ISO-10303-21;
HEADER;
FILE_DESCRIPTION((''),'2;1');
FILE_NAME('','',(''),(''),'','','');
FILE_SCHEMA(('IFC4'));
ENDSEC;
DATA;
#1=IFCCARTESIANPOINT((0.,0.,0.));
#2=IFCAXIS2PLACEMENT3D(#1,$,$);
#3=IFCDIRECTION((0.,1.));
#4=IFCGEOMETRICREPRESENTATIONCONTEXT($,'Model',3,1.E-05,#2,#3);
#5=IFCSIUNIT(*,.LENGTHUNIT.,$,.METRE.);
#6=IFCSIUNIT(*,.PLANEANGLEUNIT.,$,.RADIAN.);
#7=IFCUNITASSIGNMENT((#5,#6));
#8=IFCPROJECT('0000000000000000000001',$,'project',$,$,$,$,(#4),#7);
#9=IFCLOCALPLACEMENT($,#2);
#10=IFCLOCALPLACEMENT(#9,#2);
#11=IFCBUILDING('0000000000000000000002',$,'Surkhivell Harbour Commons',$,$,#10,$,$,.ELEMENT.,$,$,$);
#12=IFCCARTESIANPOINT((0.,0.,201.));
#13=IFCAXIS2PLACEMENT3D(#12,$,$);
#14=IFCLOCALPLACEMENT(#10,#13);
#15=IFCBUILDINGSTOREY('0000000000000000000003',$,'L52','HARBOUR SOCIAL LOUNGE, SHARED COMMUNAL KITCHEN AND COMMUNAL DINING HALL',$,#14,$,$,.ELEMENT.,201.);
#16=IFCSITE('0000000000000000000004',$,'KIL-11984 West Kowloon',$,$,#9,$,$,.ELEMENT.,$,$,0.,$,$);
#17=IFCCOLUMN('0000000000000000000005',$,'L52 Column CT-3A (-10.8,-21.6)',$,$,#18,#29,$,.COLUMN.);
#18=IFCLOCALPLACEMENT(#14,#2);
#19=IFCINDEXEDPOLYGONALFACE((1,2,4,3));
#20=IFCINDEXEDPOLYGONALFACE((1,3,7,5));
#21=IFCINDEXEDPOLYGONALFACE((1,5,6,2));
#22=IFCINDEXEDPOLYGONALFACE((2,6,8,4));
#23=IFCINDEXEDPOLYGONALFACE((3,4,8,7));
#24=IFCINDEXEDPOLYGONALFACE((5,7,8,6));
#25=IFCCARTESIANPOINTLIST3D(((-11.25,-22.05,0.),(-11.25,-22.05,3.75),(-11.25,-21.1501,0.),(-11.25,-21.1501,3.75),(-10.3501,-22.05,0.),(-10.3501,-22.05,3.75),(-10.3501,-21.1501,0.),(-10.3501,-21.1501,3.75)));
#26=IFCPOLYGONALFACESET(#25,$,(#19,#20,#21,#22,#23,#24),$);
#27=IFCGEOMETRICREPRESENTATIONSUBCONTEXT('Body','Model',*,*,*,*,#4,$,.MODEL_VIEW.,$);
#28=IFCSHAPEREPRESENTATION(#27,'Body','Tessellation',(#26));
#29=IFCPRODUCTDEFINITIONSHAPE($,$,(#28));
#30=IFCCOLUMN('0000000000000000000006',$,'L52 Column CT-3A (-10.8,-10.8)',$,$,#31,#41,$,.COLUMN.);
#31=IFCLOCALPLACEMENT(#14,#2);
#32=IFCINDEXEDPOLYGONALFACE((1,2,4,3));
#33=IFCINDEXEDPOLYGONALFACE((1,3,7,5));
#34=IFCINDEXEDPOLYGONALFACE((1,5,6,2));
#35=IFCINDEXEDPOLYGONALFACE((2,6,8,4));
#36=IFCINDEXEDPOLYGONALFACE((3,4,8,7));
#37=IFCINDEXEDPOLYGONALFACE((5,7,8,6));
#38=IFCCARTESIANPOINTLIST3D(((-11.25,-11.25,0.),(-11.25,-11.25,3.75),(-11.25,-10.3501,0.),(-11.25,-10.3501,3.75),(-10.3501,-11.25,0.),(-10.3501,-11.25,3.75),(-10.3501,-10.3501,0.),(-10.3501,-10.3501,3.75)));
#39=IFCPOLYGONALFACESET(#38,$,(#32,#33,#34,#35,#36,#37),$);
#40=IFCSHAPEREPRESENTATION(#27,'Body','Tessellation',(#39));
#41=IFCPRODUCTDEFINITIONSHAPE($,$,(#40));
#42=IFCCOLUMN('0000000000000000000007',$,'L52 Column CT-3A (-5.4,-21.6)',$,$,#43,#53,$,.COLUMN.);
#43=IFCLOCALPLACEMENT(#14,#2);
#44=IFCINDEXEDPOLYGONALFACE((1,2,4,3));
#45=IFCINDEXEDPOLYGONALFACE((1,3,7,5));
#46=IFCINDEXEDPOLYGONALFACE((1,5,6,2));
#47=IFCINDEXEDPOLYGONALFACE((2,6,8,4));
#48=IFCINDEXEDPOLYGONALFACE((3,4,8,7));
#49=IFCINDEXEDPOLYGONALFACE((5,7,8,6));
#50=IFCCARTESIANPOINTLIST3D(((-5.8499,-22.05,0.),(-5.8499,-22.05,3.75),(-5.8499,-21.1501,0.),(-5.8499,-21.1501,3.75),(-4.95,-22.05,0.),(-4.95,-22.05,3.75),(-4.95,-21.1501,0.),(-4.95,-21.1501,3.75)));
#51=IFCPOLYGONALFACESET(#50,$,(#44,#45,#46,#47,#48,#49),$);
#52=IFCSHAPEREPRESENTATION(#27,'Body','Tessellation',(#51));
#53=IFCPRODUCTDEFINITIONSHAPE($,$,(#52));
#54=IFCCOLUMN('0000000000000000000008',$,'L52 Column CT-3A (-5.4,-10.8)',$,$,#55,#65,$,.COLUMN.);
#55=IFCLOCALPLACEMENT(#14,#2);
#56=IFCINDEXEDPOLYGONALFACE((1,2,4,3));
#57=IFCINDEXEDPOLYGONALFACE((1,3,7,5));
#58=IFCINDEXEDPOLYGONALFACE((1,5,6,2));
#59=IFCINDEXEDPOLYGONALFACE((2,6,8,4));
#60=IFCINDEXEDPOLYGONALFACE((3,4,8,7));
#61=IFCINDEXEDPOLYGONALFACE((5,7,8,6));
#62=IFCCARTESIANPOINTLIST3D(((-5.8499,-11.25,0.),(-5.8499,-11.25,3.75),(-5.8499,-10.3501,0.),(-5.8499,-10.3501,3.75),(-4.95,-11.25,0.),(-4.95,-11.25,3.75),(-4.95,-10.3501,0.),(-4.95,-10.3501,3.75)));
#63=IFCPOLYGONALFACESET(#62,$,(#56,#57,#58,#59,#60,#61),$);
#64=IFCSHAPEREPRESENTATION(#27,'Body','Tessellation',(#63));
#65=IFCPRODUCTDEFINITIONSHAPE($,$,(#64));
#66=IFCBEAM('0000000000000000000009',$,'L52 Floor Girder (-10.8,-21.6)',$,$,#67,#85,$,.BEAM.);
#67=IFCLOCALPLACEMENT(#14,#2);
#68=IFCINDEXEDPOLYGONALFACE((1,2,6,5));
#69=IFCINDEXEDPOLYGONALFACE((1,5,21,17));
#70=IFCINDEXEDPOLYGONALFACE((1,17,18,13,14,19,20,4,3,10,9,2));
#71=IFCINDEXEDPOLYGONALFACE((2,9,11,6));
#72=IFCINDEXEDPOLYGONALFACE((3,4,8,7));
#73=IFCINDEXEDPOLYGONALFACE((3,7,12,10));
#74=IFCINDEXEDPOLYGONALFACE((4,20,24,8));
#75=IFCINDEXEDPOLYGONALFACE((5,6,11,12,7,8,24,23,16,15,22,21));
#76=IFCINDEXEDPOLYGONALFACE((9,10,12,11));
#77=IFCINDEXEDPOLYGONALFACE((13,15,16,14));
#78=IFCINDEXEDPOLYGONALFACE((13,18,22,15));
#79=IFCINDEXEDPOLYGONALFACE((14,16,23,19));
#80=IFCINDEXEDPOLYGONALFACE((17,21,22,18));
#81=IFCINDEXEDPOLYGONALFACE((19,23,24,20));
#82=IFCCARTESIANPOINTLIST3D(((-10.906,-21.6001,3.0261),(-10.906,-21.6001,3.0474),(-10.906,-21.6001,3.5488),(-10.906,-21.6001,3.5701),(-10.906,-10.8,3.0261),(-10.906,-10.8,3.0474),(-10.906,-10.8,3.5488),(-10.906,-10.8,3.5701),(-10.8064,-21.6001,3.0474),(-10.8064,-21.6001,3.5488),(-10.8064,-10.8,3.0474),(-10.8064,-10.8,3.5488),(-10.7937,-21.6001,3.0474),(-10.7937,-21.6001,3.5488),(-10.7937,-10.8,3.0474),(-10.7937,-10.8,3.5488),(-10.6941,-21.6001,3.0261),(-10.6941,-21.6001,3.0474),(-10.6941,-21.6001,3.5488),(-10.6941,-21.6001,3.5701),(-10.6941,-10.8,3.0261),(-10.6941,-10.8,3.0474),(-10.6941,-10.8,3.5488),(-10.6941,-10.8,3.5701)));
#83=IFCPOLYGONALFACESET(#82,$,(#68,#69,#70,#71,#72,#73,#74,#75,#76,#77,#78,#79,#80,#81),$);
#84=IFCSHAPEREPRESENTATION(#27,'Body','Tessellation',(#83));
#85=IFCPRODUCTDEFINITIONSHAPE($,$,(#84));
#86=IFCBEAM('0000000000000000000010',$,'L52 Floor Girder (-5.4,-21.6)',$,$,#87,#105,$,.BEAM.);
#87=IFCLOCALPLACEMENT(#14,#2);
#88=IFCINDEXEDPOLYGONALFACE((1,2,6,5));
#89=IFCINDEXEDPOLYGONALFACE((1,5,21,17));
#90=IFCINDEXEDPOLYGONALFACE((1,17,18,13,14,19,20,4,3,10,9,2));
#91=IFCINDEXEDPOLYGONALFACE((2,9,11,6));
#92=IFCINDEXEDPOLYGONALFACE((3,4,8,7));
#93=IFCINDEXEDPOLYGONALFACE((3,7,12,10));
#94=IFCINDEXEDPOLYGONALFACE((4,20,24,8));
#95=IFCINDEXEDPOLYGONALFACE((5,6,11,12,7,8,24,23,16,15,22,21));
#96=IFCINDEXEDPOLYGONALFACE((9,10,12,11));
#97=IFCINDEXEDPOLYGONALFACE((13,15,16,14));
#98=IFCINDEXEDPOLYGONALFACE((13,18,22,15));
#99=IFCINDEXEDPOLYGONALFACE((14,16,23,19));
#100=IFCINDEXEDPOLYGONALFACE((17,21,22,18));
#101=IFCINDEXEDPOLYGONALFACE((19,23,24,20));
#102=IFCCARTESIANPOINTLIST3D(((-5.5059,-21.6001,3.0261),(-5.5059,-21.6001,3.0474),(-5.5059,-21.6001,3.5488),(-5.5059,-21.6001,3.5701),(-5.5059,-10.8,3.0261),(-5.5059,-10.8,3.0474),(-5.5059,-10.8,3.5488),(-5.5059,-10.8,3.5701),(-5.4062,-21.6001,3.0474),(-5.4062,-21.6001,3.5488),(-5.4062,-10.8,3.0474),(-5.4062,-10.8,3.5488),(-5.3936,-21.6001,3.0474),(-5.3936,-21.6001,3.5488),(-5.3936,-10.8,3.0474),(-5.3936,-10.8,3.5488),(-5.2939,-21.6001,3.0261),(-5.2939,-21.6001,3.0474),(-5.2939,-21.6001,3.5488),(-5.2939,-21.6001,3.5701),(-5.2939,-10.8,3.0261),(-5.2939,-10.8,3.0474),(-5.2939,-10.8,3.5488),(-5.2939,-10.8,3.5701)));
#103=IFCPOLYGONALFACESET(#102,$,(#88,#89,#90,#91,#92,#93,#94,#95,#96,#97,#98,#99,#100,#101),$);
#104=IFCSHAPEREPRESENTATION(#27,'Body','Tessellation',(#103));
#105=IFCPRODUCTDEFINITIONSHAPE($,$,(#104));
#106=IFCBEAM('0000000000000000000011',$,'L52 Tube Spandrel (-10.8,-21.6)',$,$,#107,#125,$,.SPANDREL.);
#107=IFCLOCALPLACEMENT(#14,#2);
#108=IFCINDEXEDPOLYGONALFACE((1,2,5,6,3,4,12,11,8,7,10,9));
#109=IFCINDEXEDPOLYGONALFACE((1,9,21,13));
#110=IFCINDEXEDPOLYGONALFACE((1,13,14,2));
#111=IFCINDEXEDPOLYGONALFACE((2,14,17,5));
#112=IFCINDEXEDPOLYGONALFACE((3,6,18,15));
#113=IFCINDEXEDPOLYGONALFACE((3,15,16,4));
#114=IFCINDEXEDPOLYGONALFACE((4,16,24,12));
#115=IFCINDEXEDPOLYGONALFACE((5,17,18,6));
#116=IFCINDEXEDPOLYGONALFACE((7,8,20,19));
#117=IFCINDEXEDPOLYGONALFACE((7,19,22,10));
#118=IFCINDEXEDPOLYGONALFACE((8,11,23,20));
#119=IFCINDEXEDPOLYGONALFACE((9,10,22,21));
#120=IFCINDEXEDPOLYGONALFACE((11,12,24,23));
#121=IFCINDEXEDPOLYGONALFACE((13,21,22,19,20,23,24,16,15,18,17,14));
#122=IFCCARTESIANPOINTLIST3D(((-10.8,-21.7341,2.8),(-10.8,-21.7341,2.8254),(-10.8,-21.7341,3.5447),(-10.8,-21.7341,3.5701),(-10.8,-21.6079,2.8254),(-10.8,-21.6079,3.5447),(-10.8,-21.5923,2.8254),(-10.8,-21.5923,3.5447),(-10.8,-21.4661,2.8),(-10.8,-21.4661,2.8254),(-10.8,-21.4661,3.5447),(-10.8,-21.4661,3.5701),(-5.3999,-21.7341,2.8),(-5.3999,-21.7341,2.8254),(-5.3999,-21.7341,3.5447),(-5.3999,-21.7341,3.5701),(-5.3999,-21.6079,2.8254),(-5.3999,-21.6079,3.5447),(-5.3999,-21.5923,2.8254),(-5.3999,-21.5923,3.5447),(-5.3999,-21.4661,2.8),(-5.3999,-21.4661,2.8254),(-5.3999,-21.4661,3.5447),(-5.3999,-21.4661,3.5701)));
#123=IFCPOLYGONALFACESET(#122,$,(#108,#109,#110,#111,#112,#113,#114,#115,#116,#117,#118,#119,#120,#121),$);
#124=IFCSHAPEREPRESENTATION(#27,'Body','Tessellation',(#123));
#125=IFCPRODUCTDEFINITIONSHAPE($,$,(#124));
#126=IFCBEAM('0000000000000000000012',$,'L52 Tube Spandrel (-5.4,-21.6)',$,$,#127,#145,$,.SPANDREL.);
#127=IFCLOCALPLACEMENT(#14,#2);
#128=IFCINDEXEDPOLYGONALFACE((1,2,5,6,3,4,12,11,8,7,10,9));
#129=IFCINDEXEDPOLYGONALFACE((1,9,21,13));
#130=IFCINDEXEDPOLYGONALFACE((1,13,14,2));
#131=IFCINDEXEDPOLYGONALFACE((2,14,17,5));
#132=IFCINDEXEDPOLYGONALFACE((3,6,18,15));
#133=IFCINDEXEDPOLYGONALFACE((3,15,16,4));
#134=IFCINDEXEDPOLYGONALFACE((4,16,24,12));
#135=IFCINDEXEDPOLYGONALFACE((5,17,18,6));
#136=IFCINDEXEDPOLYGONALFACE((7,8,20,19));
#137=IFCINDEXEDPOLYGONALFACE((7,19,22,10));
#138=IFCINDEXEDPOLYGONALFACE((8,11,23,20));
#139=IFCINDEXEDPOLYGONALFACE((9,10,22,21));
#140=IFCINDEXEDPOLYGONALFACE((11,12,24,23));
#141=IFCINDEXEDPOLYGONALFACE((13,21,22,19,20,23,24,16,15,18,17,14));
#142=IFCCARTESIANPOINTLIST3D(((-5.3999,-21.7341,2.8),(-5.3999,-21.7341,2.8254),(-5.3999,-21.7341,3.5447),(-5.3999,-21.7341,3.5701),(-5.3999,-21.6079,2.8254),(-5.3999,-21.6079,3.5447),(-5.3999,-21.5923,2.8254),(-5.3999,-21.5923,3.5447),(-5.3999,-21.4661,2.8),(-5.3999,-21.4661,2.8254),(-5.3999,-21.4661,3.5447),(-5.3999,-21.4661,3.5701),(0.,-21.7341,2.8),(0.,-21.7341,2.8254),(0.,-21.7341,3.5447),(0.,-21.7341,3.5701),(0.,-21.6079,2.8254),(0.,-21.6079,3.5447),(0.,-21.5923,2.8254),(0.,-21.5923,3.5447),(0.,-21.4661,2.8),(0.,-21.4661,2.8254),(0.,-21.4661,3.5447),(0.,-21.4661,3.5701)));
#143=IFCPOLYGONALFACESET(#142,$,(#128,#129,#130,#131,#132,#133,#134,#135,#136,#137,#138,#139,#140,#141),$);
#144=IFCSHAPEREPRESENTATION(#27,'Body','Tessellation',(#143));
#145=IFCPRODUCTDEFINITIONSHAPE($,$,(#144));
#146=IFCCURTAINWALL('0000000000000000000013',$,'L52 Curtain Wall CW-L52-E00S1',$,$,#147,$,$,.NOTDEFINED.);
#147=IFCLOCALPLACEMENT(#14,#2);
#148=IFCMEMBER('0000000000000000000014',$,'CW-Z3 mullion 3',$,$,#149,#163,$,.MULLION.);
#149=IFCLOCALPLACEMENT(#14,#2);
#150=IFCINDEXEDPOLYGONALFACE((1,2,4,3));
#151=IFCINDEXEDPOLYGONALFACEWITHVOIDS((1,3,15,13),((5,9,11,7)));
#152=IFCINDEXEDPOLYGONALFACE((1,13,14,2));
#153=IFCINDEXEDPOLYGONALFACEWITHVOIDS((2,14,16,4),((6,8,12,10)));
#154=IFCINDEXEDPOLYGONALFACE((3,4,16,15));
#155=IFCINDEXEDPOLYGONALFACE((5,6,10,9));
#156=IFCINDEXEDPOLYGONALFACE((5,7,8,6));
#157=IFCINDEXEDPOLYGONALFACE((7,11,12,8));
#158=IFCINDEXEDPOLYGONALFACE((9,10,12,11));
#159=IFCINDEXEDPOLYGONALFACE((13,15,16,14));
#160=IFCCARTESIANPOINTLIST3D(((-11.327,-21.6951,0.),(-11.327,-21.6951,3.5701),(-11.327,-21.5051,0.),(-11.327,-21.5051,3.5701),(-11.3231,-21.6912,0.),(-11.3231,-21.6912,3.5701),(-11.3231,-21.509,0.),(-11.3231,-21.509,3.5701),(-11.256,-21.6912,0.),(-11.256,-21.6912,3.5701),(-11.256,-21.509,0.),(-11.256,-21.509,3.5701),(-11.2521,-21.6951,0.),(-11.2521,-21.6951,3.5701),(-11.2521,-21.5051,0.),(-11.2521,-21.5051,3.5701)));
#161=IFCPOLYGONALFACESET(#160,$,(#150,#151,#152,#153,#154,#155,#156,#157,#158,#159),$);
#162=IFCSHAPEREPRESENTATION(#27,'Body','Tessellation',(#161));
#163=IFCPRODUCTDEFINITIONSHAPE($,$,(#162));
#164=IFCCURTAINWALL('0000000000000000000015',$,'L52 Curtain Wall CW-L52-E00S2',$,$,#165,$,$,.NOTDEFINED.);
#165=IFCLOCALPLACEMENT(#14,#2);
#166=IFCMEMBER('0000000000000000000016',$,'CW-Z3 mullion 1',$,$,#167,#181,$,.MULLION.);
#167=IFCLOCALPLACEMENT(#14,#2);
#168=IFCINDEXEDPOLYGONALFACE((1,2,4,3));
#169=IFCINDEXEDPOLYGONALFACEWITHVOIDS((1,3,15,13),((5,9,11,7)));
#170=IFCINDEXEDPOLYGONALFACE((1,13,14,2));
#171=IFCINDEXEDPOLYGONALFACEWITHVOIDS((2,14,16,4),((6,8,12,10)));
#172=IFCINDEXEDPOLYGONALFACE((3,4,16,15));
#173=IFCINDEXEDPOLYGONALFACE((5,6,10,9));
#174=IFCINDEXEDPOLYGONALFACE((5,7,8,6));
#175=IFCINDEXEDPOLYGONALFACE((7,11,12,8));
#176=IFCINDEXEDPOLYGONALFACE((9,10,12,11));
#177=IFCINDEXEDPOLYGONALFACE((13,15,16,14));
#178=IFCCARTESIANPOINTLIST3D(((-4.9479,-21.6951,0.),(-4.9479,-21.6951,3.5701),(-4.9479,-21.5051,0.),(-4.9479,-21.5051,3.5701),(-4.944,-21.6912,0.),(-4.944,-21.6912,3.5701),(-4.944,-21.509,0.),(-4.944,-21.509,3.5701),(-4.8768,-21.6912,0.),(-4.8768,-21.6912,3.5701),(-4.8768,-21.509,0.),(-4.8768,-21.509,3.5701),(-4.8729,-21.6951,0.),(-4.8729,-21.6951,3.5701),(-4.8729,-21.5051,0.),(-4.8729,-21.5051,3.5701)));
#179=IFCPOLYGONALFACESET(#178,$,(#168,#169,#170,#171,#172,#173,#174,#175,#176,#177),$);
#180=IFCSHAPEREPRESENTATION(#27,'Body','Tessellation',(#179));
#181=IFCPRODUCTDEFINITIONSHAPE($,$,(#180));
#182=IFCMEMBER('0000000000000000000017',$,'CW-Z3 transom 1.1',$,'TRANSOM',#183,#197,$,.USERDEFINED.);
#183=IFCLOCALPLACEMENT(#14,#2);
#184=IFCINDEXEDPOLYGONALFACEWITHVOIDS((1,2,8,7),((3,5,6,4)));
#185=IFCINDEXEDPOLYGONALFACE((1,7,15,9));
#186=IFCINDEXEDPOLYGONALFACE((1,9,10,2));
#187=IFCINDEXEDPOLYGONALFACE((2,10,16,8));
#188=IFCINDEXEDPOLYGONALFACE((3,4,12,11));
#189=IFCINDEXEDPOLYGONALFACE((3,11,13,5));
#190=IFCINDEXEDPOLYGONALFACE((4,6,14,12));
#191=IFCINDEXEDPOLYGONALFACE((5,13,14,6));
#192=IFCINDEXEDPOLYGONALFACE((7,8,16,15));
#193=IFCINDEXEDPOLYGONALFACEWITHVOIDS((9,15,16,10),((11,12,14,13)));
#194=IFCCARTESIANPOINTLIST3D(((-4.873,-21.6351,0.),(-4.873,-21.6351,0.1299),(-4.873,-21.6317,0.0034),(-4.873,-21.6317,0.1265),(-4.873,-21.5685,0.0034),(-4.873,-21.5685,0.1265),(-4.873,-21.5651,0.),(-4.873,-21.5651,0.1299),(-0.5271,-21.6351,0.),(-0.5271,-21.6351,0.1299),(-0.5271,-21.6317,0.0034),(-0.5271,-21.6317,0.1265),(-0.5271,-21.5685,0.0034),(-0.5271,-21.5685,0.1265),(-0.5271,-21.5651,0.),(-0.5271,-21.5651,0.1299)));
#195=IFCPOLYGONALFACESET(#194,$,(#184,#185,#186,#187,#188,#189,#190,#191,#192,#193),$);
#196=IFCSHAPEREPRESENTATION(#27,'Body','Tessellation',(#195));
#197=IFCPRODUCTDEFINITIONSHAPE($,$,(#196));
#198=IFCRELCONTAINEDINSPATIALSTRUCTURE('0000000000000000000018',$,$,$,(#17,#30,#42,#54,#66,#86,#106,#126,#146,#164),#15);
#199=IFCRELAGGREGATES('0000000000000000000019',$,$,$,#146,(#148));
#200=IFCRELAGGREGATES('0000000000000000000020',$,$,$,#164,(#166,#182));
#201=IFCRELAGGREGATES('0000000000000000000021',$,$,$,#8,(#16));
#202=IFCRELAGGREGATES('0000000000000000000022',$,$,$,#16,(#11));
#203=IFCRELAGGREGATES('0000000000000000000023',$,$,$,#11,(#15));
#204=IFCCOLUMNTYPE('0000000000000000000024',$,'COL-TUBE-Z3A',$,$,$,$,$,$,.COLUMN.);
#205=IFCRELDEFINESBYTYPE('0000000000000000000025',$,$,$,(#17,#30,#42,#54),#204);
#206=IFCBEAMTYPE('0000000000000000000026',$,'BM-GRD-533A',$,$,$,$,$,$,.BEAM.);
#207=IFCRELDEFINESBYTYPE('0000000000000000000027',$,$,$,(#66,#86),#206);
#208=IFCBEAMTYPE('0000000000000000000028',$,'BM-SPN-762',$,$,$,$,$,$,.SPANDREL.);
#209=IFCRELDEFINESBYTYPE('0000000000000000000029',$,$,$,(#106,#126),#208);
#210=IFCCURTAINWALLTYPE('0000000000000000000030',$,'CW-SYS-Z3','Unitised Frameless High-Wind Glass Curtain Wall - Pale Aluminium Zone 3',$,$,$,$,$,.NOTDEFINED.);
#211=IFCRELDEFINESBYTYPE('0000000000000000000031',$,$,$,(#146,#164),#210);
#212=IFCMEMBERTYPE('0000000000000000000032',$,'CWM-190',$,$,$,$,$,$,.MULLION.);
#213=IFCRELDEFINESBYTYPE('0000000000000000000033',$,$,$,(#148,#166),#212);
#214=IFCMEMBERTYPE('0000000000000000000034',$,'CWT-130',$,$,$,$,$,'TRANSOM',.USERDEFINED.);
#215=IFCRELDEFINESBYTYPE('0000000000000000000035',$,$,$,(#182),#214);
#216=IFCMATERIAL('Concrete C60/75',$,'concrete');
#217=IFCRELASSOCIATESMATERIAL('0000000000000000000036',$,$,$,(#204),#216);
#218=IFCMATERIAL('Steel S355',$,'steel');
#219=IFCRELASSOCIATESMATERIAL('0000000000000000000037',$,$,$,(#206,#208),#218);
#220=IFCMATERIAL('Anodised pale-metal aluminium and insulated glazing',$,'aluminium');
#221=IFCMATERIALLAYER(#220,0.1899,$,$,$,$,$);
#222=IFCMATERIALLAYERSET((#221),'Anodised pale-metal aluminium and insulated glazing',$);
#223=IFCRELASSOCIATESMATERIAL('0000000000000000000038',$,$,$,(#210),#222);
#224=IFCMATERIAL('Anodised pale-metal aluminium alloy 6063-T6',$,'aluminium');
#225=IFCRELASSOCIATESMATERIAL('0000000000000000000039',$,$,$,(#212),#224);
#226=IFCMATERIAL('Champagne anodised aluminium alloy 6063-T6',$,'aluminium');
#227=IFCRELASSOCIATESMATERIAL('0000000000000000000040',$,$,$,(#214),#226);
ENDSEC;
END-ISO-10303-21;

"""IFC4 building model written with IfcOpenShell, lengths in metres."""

from ifc_helpers import new_model, si_unit, direction, frame, origin, origin_2d, place, context, subcontext, project, spatial, rectangle, hollow_rectangle, i_section, extrude, material, layer, layer_set, material_profile, profile_set, type_object, element, aggregate, save


model = new_model("IFC4")

# Units and contexts
model_context = context("Model", 3, precision=1e-05, world=origin(), true_north=direction((0.0, 1.0)))
body_context = subcontext(model_context, "Body", "Model", "MODEL_VIEW")
ifc_project = project(units=[si_unit("LENGTHUNIT", "METRE"), si_unit("PLANEANGLEUNIT", "RADIAN")], contexts=[model_context])

# Site, building, storey
site_placement = place(None, origin())
site = spatial("IfcSite", under=ifc_project, at=site_placement, Name="KIL-11984 West Kowloon", CompositionType="ELEMENT", RefElevation=0.0)
building_placement = place(site_placement, origin())
building = spatial("IfcBuilding", under=site, at=building_placement, Name="Surkhivell Harbour Commons", CompositionType="ELEMENT")
storey_placement = place(building_placement, frame((0.0, 0.0, 201.0)))
storey = spatial("IfcBuildingStorey", under=building, at=storey_placement, Name="L52", Description="HARBOUR SOCIAL LOUNGE, SHARED COMMUNAL KITCHEN AND COMMUNAL DINING HALL", CompositionType="ELEMENT", Elevation=201.0)

# Columns
ifc_material_1 = material(Name="Concrete C60/75", Category="concrete")
ifc_material_profile_1 = material_profile(ifc_material_1, rectangle(XDim=0.8999, YDim=0.8999, at=origin_2d()), Name="RC-COL-900x900")
ifc_profile_set_1 = profile_set([ifc_material_profile_1], Name="Concrete C60/75")
column_type = type_object("IfcColumnType", Name="COL-TUBE-Z3A", PredefinedType="COLUMN", material=ifc_profile_set_1)
for number, where, z_axis, x_axis, name in (
    (1, (-10.8, -21.6001, 0.0), (0.0, 0.0, 1.0), (1.0, 0.0, 0.0), "L52 Column CT-3A (-10.8,-21.6)"),
    (2, (-10.8, -10.8, 0.0), (0.0, 0.0, 1.0), (1.0, 0.0, 0.0), "L52 Column CT-3A (-10.8,-10.8)"),
    (3, (-5.3999, -21.6001, 0.0), (0.0, 0.0, 1.0), (1.0, 0.0, 0.0), "L52 Column CT-3A (-5.4,-21.6)"),
    (4, (-5.3999, -10.8, 0.0), (0.0, 0.0, 1.0), (1.0, 0.0, 0.0), "L52 Column CT-3A (-5.4,-10.8)"),
):
    element("IfcColumn", number, at=place(storey_placement, frame(where, z_axis=z_axis, x_axis=x_axis)), inside=storey, type_object=column_type, Name=name, PredefinedType="COLUMN", context=body_context, shape_type="SweptSolid", body=[
        extrude(rectangle(XDim=0.8999, YDim=0.8999, at=origin_2d()), origin(), (0.0, 0.0, 1.0), 3.75),
    ])

# Beams
ifc_material_2 = material(Name="Steel S355", Category="steel")
ifc_material_profile_2 = material_profile(ifc_material_2, i_section(OverallWidth=0.2119, OverallDepth=0.5439, WebThickness=0.0127, FlangeThickness=0.0212, at=origin_2d()), Name="UB533x210x122")
ifc_profile_set_2 = profile_set([ifc_material_profile_2], Name="Steel S355")
beam_type_1 = type_object("IfcBeamType", Name="BM-GRD-533A", PredefinedType="BEAM", material=ifc_profile_set_2)
for number, where, z_axis, x_axis, name in (
    (5, (-10.8, -21.6001, 3.2981), (0.0, 1.0, 0.0), (-1.0, 0.0, 0.0), "L52 Floor Girder (-10.8,-21.6)"),
    (6, (-5.3999, -21.6001, 3.2981), (0.0, 1.0, 0.0), (-1.0, 0.0, 0.0), "L52 Floor Girder (-5.4,-21.6)"),
):
    element("IfcBeam", number, at=place(storey_placement, frame(where, z_axis=z_axis, x_axis=x_axis)), inside=storey, type_object=beam_type_1, Name=name, PredefinedType="BEAM", context=body_context, shape_type="SweptSolid", body=[
        extrude(i_section(OverallWidth=0.2119, OverallDepth=0.5439, WebThickness=0.0127, FlangeThickness=0.0212, at=origin_2d()), origin(), (0.0, 0.0, 1.0), 10.8),
    ])
ifc_material_profile_3 = material_profile(ifc_material_2, i_section(OverallWidth=0.2681, OverallDepth=0.77, WebThickness=0.0156, FlangeThickness=0.0254, at=origin_2d()), Name="UB762x267x197")
ifc_profile_set_3 = profile_set([ifc_material_profile_3], Name="Steel S355")
beam_type_2 = type_object("IfcBeamType", Name="BM-SPN-762", PredefinedType="SPANDREL", material=ifc_profile_set_3)
beam_1_placement = place(storey_placement, frame((-10.8, -21.6001, 3.1851), z_axis=(1.0, 0.0, 0.0), x_axis=(0.0, 1.0, 0.0)))
element("IfcBeam", 7, at=beam_1_placement, inside=storey, type_object=beam_type_2, Name="L52 Tube Spandrel (-10.8,-21.6)", PredefinedType="SPANDREL", context=body_context, shape_type="SweptSolid", body=[
    extrude(i_section(OverallWidth=0.2681, OverallDepth=0.77, WebThickness=0.0156, FlangeThickness=0.0254, at=origin_2d()), origin(), (0.0, 0.0, 1.0), 5.4001),
])
beam_2_placement = place(storey_placement, frame((-5.3999, -21.6001, 3.1851), z_axis=(1.0, 0.0, 0.0), x_axis=(0.0, 1.0, 0.0)))
element("IfcBeam", 8, at=beam_2_placement, inside=storey, type_object=beam_type_2, Name="L52 Tube Spandrel (-5.4,-21.6)", PredefinedType="SPANDREL", context=body_context, shape_type="SweptSolid", body=[
    extrude(i_section(OverallWidth=0.2681, OverallDepth=0.77, WebThickness=0.0156, FlangeThickness=0.0254, at=origin_2d()), origin(), (0.0, 0.0, 1.0), 5.3999),
])

# Curtain wall, member
ifc_material_3 = material(Name="Anodised pale-metal aluminium and insulated glazing", Category="aluminium")
ifc_layer_1 = layer(ifc_material_3, 0.1899)
ifc_layer_set_1 = layer_set([ifc_layer_1], Name="Anodised pale-metal aluminium and insulated glazing")
curtain_wall_type = type_object("IfcCurtainWallType", Name="CW-SYS-Z3", Description="Unitised Frameless High-Wind Glass Curtain Wall - Pale Aluminium Zone 3", PredefinedType="NOTDEFINED", material=ifc_layer_set_1)
curtain_wall_1_placement = place(storey_placement, origin())
curtain_wall_1 = element("IfcCurtainWall", 9, at=curtain_wall_1_placement, inside=storey, type_object=curtain_wall_type, Name="L52 Curtain Wall CW-L52-E00S1", PredefinedType="NOTDEFINED")
ifc_material_4 = material(Name="Anodised pale-metal aluminium alloy 6063-T6", Category="aluminium")
ifc_material_profile_4 = material_profile(ifc_material_4, hollow_rectangle(XDim=0.075, YDim=0.1899, WallThickness=0.0039, at=origin_2d()), Name="ALU-MULL-75x190")
ifc_profile_set_4 = profile_set([ifc_material_profile_4], Name="Anodised pale-metal aluminium alloy 6063-T6")
member_type_1 = type_object("IfcMemberType", Name="CWM-190", PredefinedType="MULLION", material=ifc_profile_set_4)
member_1_placement = place(storey_placement, frame((-11.2896, -21.6001, 0.0), z_axis=(0.0, 0.0, 1.0), x_axis=(1.0, 0.0, 0.0)))
member_1 = element("IfcMember", 10, at=member_1_placement, type_object=member_type_1, Name="CW-Z3 mullion 3", PredefinedType="MULLION", context=body_context, shape_type="SweptSolid", body=[
    extrude(hollow_rectangle(XDim=0.075, YDim=0.1899, WallThickness=0.0039, at=origin_2d()), origin(), (0.0, 0.0, 1.0), 3.5701),
])
aggregate(curtain_wall_1, [member_1])

# Curtain wall, members
curtain_wall_2_placement = place(storey_placement, origin())
curtain_wall_2 = element("IfcCurtainWall", 11, at=curtain_wall_2_placement, inside=storey, type_object=curtain_wall_type, Name="L52 Curtain Wall CW-L52-E00S2", PredefinedType="NOTDEFINED")
member_2_placement = place(storey_placement, frame((-4.9104, -21.6001, 0.0), z_axis=(0.0, 0.0, 1.0), x_axis=(1.0, 0.0, 0.0)))
member_2 = element("IfcMember", 12, at=member_2_placement, type_object=member_type_1, Name="CW-Z3 mullion 1", PredefinedType="MULLION", context=body_context, shape_type="SweptSolid", body=[
    extrude(hollow_rectangle(XDim=0.075, YDim=0.1899, WallThickness=0.0039, at=origin_2d()), origin(), (0.0, 0.0, 1.0), 3.5701),
])
ifc_material_5 = material(Name="Champagne anodised aluminium alloy 6063-T6", Category="aluminium")
ifc_material_profile_5 = material_profile(ifc_material_5, hollow_rectangle(XDim=0.0701, YDim=0.1299, WallThickness=0.0034, at=origin_2d()), Name="ALU-TRAN-70x130")
ifc_profile_set_5 = profile_set([ifc_material_profile_5], Name="Champagne anodised aluminium alloy 6063-T6")
member_type_2 = type_object("IfcMemberType", Name="CWT-130", ElementType="TRANSOM", PredefinedType="USERDEFINED", material=ifc_profile_set_5)
member_3_placement = place(storey_placement, frame((-4.873, -21.6001, 0.0649), z_axis=(1.0, 0.0, 0.0), x_axis=(0.0, 1.0, 0.0)))
member_3 = element("IfcMember", 13, at=member_3_placement, type_object=member_type_2, Name="CW-Z3 transom 1.1", ObjectType="TRANSOM", PredefinedType="USERDEFINED", context=body_context, shape_type="SweptSolid", body=[
    extrude(hollow_rectangle(XDim=0.0701, YDim=0.1299, WallThickness=0.0034, at=origin_2d()), origin(), (0.0, 0.0, 1.0), 4.3459),
])

aggregate(curtain_wall_2, [member_2, member_3])

save(model, "model.ifc")
